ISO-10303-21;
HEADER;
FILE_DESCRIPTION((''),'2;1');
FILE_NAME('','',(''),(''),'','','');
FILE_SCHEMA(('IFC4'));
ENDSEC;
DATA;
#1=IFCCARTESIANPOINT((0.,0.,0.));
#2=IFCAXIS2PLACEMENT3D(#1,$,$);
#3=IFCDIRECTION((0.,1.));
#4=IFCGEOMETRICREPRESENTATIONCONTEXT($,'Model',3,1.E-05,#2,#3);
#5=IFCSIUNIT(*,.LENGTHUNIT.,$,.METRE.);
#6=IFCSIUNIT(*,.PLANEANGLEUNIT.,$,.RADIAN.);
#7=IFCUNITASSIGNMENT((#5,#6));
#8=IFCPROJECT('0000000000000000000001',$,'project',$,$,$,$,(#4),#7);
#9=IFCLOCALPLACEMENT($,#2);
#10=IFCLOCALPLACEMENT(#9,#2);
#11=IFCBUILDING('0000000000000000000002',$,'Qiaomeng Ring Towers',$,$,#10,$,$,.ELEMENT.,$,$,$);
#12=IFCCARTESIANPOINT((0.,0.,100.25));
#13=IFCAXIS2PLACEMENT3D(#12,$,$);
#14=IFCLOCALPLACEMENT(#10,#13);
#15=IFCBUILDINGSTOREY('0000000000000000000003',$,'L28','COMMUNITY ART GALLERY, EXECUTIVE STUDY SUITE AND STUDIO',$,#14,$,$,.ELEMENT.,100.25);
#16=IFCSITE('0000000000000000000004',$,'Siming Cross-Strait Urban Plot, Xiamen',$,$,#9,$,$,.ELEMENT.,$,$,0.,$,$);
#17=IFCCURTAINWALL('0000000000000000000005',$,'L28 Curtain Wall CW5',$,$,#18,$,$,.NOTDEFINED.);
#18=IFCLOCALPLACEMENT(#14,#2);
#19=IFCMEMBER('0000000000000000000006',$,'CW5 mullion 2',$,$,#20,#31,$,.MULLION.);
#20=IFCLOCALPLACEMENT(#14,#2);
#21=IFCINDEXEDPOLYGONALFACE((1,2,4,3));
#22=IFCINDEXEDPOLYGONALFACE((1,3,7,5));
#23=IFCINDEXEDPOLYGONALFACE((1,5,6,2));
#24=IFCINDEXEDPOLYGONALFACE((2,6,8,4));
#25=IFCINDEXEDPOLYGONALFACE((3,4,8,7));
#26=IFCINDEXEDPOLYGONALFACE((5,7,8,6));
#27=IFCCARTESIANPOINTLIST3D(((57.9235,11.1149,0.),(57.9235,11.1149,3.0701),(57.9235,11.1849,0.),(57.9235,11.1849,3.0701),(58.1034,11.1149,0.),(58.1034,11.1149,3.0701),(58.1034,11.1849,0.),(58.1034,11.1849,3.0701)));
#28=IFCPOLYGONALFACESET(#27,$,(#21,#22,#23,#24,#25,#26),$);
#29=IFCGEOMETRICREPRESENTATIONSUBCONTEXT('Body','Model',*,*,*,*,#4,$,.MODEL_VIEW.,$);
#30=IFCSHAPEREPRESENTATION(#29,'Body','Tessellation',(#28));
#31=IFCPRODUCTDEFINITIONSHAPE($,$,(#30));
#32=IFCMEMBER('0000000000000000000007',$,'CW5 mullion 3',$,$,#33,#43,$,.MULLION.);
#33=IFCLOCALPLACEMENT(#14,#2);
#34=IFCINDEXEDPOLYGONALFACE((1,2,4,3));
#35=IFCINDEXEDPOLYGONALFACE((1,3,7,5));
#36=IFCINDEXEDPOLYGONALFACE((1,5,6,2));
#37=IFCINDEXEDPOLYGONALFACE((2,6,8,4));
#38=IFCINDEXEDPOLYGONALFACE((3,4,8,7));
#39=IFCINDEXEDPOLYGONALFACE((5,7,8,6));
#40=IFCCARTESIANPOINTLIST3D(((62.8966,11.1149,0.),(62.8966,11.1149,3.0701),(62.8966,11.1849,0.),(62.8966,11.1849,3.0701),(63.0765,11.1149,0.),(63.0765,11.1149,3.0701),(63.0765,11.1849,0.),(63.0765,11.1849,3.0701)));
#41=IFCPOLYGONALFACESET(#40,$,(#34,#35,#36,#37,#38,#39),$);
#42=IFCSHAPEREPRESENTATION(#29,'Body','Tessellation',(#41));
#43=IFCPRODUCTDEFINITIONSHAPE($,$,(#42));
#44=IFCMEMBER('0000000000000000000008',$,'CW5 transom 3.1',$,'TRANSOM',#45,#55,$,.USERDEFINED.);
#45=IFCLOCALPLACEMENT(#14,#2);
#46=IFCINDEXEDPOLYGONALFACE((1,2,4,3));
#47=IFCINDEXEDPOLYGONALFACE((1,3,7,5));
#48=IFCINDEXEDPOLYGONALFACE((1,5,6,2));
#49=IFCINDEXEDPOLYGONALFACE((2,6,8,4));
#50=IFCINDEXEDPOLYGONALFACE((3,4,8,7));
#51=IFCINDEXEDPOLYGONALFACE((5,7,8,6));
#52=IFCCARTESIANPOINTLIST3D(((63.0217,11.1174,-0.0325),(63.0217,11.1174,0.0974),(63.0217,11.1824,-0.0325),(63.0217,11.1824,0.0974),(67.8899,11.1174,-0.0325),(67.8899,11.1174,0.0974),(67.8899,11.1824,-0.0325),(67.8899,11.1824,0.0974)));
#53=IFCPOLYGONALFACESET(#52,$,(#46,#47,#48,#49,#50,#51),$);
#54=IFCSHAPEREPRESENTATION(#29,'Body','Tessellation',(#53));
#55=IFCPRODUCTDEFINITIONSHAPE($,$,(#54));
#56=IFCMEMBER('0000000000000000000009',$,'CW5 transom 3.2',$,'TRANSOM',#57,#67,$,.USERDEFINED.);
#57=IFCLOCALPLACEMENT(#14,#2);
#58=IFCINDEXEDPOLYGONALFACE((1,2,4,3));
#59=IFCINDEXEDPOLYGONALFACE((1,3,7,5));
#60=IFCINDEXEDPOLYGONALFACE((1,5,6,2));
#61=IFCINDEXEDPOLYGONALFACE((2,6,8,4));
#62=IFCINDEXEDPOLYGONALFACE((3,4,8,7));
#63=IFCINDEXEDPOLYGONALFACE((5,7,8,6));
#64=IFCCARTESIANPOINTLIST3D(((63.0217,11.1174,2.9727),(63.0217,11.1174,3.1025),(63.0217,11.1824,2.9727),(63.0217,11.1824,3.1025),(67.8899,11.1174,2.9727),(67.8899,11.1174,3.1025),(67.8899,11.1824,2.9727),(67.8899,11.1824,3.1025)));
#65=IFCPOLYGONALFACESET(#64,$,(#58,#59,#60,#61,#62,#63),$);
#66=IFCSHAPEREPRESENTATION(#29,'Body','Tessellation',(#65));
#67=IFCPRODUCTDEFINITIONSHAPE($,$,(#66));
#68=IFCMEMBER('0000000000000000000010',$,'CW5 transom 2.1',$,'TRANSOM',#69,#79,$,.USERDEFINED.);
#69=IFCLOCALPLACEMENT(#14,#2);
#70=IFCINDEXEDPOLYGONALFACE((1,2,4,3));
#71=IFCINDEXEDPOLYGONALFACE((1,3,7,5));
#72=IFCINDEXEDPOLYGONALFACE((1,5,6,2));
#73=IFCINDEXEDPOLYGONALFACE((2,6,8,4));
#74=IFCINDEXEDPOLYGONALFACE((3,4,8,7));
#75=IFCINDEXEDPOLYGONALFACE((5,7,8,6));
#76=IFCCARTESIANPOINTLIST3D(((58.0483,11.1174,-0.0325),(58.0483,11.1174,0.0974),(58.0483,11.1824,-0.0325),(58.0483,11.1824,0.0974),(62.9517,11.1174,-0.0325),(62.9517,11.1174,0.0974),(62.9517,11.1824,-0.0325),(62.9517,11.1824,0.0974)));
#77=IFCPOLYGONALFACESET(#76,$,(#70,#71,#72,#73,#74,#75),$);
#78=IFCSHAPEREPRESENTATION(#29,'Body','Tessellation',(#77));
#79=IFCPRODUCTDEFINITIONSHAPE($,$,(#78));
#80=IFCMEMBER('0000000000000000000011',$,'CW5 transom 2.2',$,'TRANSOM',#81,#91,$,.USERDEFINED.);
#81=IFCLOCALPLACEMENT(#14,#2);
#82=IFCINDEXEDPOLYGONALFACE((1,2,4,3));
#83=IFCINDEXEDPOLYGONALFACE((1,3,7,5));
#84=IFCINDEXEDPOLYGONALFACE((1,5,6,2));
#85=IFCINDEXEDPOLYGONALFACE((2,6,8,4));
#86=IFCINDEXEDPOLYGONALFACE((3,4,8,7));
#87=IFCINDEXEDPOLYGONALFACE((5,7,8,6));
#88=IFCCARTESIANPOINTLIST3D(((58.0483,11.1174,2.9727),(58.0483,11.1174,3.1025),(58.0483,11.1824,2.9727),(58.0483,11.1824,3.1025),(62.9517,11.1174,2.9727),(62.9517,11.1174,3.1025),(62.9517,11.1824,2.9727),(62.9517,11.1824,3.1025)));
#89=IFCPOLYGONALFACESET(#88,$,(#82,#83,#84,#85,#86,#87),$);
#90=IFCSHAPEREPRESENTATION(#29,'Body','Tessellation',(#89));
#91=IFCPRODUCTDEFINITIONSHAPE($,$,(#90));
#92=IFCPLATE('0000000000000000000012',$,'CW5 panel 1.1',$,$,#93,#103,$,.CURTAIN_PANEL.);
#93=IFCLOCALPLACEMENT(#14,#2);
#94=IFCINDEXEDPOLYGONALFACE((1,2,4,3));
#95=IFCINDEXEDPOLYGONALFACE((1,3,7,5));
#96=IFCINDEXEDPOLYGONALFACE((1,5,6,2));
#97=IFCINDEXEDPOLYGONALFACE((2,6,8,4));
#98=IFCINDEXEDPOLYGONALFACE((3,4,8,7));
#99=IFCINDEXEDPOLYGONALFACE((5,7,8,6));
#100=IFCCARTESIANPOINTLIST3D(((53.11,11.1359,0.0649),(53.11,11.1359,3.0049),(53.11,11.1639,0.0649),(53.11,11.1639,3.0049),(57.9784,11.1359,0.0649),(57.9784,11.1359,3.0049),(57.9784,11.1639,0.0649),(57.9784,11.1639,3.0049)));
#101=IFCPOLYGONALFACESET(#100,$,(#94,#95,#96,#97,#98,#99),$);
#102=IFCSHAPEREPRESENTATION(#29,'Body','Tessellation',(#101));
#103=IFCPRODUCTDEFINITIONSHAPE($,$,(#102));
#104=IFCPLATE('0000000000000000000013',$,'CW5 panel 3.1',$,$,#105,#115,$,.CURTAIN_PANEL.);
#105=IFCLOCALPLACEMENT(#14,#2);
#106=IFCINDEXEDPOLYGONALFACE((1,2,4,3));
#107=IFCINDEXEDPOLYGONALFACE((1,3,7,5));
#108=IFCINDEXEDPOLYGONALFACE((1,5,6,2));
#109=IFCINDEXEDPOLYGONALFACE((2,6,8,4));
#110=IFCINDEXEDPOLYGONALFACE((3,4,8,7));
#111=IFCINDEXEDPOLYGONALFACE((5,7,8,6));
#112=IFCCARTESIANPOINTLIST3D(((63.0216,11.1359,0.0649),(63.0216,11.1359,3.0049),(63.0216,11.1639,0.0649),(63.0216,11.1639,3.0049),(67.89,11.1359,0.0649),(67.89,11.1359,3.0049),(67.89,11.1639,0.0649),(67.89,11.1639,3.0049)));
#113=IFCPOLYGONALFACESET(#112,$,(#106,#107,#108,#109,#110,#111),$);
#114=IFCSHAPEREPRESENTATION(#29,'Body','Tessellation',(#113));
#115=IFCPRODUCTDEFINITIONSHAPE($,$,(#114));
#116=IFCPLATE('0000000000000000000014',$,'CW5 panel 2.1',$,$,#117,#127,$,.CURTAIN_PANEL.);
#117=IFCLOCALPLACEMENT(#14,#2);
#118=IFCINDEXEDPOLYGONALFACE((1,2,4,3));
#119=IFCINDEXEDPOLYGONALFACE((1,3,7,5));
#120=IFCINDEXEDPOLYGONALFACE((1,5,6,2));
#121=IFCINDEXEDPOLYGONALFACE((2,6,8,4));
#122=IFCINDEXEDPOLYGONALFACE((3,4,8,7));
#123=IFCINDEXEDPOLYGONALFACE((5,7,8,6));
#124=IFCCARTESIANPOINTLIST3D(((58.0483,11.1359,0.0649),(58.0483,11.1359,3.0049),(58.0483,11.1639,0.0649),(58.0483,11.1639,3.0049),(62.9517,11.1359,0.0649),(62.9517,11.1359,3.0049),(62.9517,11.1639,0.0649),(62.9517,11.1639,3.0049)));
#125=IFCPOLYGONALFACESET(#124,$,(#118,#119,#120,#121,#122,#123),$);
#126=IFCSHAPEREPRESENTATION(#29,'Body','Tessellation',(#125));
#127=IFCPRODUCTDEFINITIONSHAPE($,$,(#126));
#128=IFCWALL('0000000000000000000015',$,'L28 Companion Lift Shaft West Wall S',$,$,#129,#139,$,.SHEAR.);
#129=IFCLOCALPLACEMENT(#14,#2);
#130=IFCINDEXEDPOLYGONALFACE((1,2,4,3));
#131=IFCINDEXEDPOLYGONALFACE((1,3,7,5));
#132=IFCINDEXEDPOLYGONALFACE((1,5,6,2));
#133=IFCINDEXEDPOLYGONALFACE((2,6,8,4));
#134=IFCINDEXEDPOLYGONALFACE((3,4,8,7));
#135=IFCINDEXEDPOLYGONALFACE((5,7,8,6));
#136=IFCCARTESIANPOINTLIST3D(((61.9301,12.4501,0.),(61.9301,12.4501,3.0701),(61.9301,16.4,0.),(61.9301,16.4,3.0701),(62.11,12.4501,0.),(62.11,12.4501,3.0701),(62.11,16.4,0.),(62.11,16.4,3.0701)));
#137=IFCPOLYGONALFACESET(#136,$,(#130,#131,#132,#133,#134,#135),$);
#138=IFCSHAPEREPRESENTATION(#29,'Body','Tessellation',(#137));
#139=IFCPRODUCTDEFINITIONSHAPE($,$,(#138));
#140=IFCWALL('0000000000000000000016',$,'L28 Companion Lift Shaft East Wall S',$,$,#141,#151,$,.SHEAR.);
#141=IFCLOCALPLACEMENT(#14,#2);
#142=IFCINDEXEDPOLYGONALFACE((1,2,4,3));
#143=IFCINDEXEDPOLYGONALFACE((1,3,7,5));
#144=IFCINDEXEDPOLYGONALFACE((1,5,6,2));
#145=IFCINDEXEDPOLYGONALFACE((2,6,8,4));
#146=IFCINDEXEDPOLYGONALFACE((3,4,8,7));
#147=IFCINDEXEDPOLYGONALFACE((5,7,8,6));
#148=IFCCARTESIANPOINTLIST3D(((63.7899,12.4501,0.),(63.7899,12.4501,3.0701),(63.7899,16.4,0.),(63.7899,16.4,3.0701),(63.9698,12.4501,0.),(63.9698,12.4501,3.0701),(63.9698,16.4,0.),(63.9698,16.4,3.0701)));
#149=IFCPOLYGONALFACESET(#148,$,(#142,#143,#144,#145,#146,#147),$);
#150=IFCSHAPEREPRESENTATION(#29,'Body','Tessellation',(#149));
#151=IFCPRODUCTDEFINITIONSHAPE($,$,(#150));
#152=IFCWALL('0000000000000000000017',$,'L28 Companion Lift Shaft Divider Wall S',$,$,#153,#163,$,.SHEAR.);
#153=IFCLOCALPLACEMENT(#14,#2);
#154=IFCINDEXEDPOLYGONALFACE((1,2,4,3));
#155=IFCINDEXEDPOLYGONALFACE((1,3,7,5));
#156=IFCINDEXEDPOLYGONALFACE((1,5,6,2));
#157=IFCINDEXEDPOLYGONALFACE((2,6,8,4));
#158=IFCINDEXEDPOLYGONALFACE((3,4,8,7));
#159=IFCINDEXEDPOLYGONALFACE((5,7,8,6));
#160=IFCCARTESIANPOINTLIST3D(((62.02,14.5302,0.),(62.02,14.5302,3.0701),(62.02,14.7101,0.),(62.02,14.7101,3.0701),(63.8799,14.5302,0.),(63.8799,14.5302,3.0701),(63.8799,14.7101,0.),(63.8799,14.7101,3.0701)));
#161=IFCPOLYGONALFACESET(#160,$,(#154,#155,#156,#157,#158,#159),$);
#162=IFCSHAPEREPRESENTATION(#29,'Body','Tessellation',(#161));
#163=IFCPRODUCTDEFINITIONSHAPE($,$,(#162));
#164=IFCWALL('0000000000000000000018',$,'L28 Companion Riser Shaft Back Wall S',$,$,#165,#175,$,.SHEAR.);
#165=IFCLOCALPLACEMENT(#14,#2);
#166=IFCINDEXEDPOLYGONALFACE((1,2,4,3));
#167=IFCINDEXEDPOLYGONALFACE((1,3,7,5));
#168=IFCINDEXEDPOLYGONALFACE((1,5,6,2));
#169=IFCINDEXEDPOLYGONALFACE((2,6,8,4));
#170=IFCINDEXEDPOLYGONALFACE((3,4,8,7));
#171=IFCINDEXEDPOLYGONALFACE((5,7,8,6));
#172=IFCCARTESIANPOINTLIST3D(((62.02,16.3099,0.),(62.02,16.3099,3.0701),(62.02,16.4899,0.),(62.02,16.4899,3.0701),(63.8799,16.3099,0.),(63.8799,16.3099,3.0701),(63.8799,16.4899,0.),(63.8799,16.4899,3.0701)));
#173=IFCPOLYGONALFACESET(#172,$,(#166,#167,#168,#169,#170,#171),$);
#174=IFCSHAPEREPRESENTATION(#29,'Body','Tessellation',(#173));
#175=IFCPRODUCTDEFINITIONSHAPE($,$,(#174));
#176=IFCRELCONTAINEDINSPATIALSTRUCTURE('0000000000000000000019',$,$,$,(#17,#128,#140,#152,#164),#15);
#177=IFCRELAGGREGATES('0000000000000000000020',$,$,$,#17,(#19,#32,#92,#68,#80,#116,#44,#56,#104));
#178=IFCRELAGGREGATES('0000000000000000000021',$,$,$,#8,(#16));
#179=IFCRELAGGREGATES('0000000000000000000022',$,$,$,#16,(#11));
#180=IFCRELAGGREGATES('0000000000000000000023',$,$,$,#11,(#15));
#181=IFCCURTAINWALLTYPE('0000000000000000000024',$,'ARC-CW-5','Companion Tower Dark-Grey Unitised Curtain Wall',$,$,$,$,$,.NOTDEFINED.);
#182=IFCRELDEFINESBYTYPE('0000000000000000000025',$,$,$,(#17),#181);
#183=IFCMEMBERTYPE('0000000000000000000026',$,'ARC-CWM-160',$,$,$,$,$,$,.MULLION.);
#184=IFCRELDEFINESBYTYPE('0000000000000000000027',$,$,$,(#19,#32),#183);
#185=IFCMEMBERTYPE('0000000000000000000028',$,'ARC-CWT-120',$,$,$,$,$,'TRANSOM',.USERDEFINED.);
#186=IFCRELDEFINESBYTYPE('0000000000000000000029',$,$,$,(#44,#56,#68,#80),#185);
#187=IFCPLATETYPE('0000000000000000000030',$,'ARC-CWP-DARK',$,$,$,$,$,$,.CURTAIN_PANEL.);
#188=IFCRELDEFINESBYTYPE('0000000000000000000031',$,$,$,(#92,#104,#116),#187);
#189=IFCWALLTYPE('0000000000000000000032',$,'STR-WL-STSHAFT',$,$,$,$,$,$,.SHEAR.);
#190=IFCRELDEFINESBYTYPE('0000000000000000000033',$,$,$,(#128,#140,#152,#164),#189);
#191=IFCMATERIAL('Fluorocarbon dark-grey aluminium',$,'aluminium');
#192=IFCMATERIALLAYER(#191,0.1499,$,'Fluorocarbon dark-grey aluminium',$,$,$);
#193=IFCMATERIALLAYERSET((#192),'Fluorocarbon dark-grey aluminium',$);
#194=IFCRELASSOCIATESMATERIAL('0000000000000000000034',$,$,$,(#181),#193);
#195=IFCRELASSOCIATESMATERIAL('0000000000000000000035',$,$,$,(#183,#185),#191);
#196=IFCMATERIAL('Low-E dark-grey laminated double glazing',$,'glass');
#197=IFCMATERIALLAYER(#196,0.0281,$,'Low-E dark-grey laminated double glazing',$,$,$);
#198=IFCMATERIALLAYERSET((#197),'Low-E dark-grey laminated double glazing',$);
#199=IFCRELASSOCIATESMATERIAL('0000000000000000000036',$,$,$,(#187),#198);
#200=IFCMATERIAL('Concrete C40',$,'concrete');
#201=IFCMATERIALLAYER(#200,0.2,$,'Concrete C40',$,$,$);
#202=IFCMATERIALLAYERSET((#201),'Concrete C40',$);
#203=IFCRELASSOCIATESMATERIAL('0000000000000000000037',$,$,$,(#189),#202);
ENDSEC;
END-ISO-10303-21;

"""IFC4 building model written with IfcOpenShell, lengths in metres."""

from ifc_helpers import new_model, si_unit, direction, frame, frame_2d, origin, origin_2d, place, context, subcontext, project, spatial, rectangle, extrude, source, transform, mapped, material, layer, layer_set, material_profile, profile_set, type_object, element, aggregate, save


model = new_model("IFC4")

# Units and contexts
model_context = context("Model", 3, precision=1e-05, world=origin(), true_north=direction((0.0, 1.0)))
body_context = subcontext(model_context, "Body", "Model", "MODEL_VIEW")
ifc_project = project(units=[si_unit("LENGTHUNIT", "METRE"), si_unit("PLANEANGLEUNIT", "RADIAN")], contexts=[model_context])

# Site, building, storey
site_placement = place(None, origin())
site = spatial("IfcSite", under=ifc_project, at=site_placement, Name="Siming Cross-Strait Urban Plot, Xiamen", CompositionType="ELEMENT", RefElevation=0.0)
building_placement = place(site_placement, origin())
building = spatial("IfcBuilding", under=site, at=building_placement, Name="Qiaomeng Ring Towers", CompositionType="ELEMENT")
storey_placement = place(building_placement, frame((0.0, 0.0, 100.25)))
storey = spatial("IfcBuildingStorey", under=building, at=storey_placement, Name="L28", Description="COMMUNITY ART GALLERY, EXECUTIVE STUDY SUITE AND STUDIO", CompositionType="ELEMENT", Elevation=100.25)

# Curtain wall, members, plates
ifc_material_1 = material(Name="Fluorocarbon dark-grey aluminium", Category="aluminium")
ifc_layer_1 = layer(ifc_material_1, 0.1499, Name="Fluorocarbon dark-grey aluminium")
ifc_layer_set_1 = layer_set([ifc_layer_1], Name="Fluorocarbon dark-grey aluminium")
curtain_wall_type = type_object("IfcCurtainWallType", Name="ARC-CW-5", Description="Companion Tower Dark-Grey Unitised Curtain Wall", PredefinedType="NOTDEFINED", material=ifc_layer_set_1)
curtain_wall_placement = place(storey_placement, origin())
curtain_wall = element("IfcCurtainWall", 1, at=curtain_wall_placement, inside=storey, type_object=curtain_wall_type, Name="L28 Curtain Wall CW5", PredefinedType="NOTDEFINED")
ifc_material_profile_1 = material_profile(ifc_material_1, rectangle(XDim=0.0701, YDim=0.1799, at=origin_2d()), Name="ALU MULL 70x180")
ifc_profile_set_1 = profile_set([ifc_material_profile_1], Name="Fluorocarbon dark-grey aluminium")
member_type_1 = type_object("IfcMemberType", Name="ARC-CWM-160", PredefinedType="MULLION", material=ifc_profile_set_1)
shared_shape_1 = source(origin(), body_context, "Body", "SweptSolid", [
    extrude(rectangle(XDim=0.0701, YDim=0.1799, at=origin_2d()), origin(), (0.0, 0.0, 1.0), 3.0701),
])
member_1_placement = place(storey_placement, frame((58.0134, 11.1499, 0.0), z_axis=(0.0, 0.0, 1.0), x_axis=(0.0, 1.0, 0.0)))
member_1 = element("IfcMember", 2, at=member_1_placement, type_object=member_type_1, Name="CW5 mullion 2", PredefinedType="MULLION", context=body_context, shape_type="MappedRepresentation", body=[
    mapped(shared_shape_1, transform((0.0, 0.0, 0.0), x_axis=(1.0, 0.0, 0.0), y_axis=(0.0, 1.0, 0.0), z_axis=(0.0, 0.0, 1.0), scale=1.0)),
])
member_2_placement = place(storey_placement, frame((62.9866, 11.1499, 0.0), z_axis=(0.0, 0.0, 1.0), x_axis=(0.0, 1.0, 0.0)))
member_2 = element("IfcMember", 3, at=member_2_placement, type_object=member_type_1, Name="CW5 mullion 3", PredefinedType="MULLION", context=body_context, shape_type="MappedRepresentation", body=[
    mapped(shared_shape_1, transform((0.0, 0.0, 0.0), x_axis=(1.0, 0.0, 0.0), y_axis=(0.0, 1.0, 0.0), z_axis=(0.0, 0.0, 1.0), scale=1.0)),
])
ifc_material_profile_2 = material_profile(ifc_material_1, rectangle(XDim=0.0649, YDim=0.1299, at=origin_2d()), Name="ALU TRAN 65x130")
ifc_profile_set_2 = profile_set([ifc_material_profile_2], Name="Fluorocarbon dark-grey aluminium")
member_type_2 = type_object("IfcMemberType", Name="ARC-CWT-120", ElementType="TRANSOM", PredefinedType="USERDEFINED", material=ifc_profile_set_2)
shared_shape_2 = source(origin(), body_context, "Body", "SweptSolid", [
    extrude(rectangle(XDim=0.0649, YDim=0.1299, at=origin_2d()), origin(), (0.0, 0.0, 1.0), 4.8682),
])
member_3_placement = place(storey_placement, frame((63.0217, 11.1499, 0.0325), z_axis=(1.0, 0.0, 0.0), x_axis=(0.0, 1.0, 0.0)))
member_3 = element("IfcMember", 4, at=member_3_placement, type_object=member_type_2, Name="CW5 transom 3.1", ObjectType="TRANSOM", PredefinedType="USERDEFINED", context=body_context, shape_type="MappedRepresentation", body=[
    mapped(shared_shape_2, transform((0.0, 0.0, 0.0), x_axis=(1.0, 0.0, 0.0), y_axis=(0.0, 1.0, 0.0), z_axis=(0.0, 0.0, 1.0), scale=1.0)),
])
member_4_placement = place(storey_placement, frame((63.0217, 11.1499, 3.0376), z_axis=(1.0, 0.0, 0.0), x_axis=(0.0, 1.0, 0.0)))
member_4 = element("IfcMember", 5, at=member_4_placement, type_object=member_type_2, Name="CW5 transom 3.2", ObjectType="TRANSOM", PredefinedType="USERDEFINED", context=body_context, shape_type="MappedRepresentation", body=[
    mapped(shared_shape_2, transform((0.0, 0.0, 0.0), x_axis=(1.0, 0.0, 0.0), y_axis=(0.0, 1.0, 0.0), z_axis=(0.0, 0.0, 1.0), scale=1.0)),
])
shared_shape_3 = source(origin(), body_context, "Body", "SweptSolid", [
    extrude(rectangle(XDim=0.0649, YDim=0.1299, at=origin_2d()), origin(), (0.0, 0.0, 1.0), 4.9033),
])
member_5_placement = place(storey_placement, frame((58.0483, 11.1499, 0.0325), z_axis=(1.0, 0.0, 0.0), x_axis=(0.0, 1.0, 0.0)))
member_5 = element("IfcMember", 6, at=member_5_placement, type_object=member_type_2, Name="CW5 transom 2.1", ObjectType="TRANSOM", PredefinedType="USERDEFINED", context=body_context, shape_type="MappedRepresentation", body=[
    mapped(shared_shape_3, transform((0.0, 0.0, 0.0), x_axis=(1.0, 0.0, 0.0), y_axis=(0.0, 1.0, 0.0), z_axis=(0.0, 0.0, 1.0), scale=1.0)),
])
member_6_placement = place(storey_placement, frame((58.0483, 11.1499, 3.0376), z_axis=(1.0, 0.0, 0.0), x_axis=(0.0, 1.0, 0.0)))
member_6 = element("IfcMember", 7, at=member_6_placement, type_object=member_type_2, Name="CW5 transom 2.2", ObjectType="TRANSOM", PredefinedType="USERDEFINED", context=body_context, shape_type="MappedRepresentation", body=[
    mapped(shared_shape_3, transform((0.0, 0.0, 0.0), x_axis=(1.0, 0.0, 0.0), y_axis=(0.0, 1.0, 0.0), z_axis=(0.0, 0.0, 1.0), scale=1.0)),
])
ifc_material_2 = material(Name="Low-E dark-grey laminated double glazing", Category="glass")
ifc_layer_2 = layer(ifc_material_2, 0.0281, Name="Low-E dark-grey laminated double glazing")
ifc_layer_set_2 = layer_set([ifc_layer_2], Name="Low-E dark-grey laminated double glazing")
plate_type = type_object("IfcPlateType", Name="ARC-CWP-DARK", PredefinedType="CURTAIN_PANEL", material=ifc_layer_set_2)
shared_shape_4 = source(origin(), body_context, "Body", "SweptSolid", [
    extrude(rectangle(XDim=4.8684, YDim=0.0281, at=origin_2d()), origin(), (0.0, 0.0, 1.0), 2.9399),
])
plate_1_placement = place(storey_placement, frame((55.5442, 11.1499, 0.0649), z_axis=(0.0, 0.0, 1.0), x_axis=(1.0, 0.0, 0.0)))
plate_1 = element("IfcPlate", 8, at=plate_1_placement, type_object=plate_type, Name="CW5 panel 1.1", PredefinedType="CURTAIN_PANEL", context=body_context, shape_type="MappedRepresentation", body=[
    mapped(shared_shape_4, transform((0.0, 0.0, 0.0), x_axis=(1.0, 0.0, 0.0), y_axis=(0.0, 1.0, 0.0), z_axis=(0.0, 0.0, 1.0), scale=1.0)),
])
plate_2_placement = place(storey_placement, frame((65.4558, 11.1499, 0.0649), z_axis=(0.0, 0.0, 1.0), x_axis=(1.0, 0.0, 0.0)))
plate_2 = element("IfcPlate", 9, at=plate_2_placement, type_object=plate_type, Name="CW5 panel 3.1", PredefinedType="CURTAIN_PANEL", context=body_context, shape_type="MappedRepresentation", body=[
    mapped(shared_shape_4, transform((0.0, 0.0, 0.0), x_axis=(1.0, 0.0, 0.0), y_axis=(0.0, 1.0, 0.0), z_axis=(0.0, 0.0, 1.0), scale=1.0)),
])
shared_shape_5 = source(origin(), body_context, "Body", "SweptSolid", [
    extrude(rectangle(XDim=4.9033, YDim=0.0281, at=origin_2d()), origin(), (0.0, 0.0, 1.0), 2.9399),
])
plate_3_placement = place(storey_placement, frame((60.5, 11.1499, 0.0649), z_axis=(0.0, 0.0, 1.0), x_axis=(1.0, 0.0, 0.0)))
plate_3 = element("IfcPlate", 10, at=plate_3_placement, type_object=plate_type, Name="CW5 panel 2.1", PredefinedType="CURTAIN_PANEL", context=body_context, shape_type="MappedRepresentation", body=[
    mapped(shared_shape_5, transform((0.0, 0.0, 0.0), x_axis=(1.0, 0.0, 0.0), y_axis=(0.0, 1.0, 0.0), z_axis=(0.0, 0.0, 1.0), scale=1.0)),
])
aggregate(curtain_wall, [member_1, member_2, plate_1, member_5, member_6, plate_3, member_3, member_4, plate_2])

# Walls
ifc_material_3 = material(Name="Concrete C40", Category="concrete")
ifc_layer_3 = layer(ifc_material_3, 0.2, Name="Concrete C40")
ifc_layer_set_3 = layer_set([ifc_layer_3], Name="Concrete C40")
wall_type_1 = type_object("IfcWallType", Name="STR-WL-STSHAFT", PredefinedType="SHEAR", material=ifc_layer_set_3)
for number, where, z_axis, x_axis, name in (
    (11, (62.02, 12.45, 0.0), (0.0, 0.0, 1.0), (0.0, 1.0, 0.0), "L28 Companion Lift Shaft West Wall S"),
    (12, (63.8799, 12.45, 0.0), (0.0, 0.0, 1.0), (0.0, 1.0, 0.0), "L28 Companion Lift Shaft East Wall S"),
):
    element("IfcWall", number, at=place(storey_placement, frame(where, z_axis=z_axis, x_axis=x_axis)), inside=storey, type_object=wall_type_1, Name=name, PredefinedType="SHEAR", context=body_context, shape_type="SweptSolid", body=[
        extrude(rectangle(XDim=3.95, YDim=0.1799, at=frame_2d((1.9751, 0.0))), origin(), (0.0, 0.0, 1.0), 3.0701),
    ])
for number, where, z_axis, x_axis, name in (
    (13, (62.02, 14.6201, 0.0), (0.0, 0.0, 1.0), (1.0, 0.0, 0.0), "L28 Companion Lift Shaft Divider Wall S"),
    (14, (62.02, 16.3999, 0.0), (0.0, 0.0, 1.0), (1.0, 0.0, 0.0), "L28 Companion Riser Shaft Back Wall S"),
):
    element("IfcWall", number, at=place(storey_placement, frame(where, z_axis=z_axis, x_axis=x_axis)), inside=storey, type_object=wall_type_1, Name=name, PredefinedType="SHEAR", context=body_context, shape_type="SweptSolid", body=[
        extrude(rectangle(XDim=1.8599, YDim=0.1799, at=frame_2d((0.9299, 0.0))), origin(), (0.0, 0.0, 1.0), 3.0701),
    ])

save(model, "model.ifc")
